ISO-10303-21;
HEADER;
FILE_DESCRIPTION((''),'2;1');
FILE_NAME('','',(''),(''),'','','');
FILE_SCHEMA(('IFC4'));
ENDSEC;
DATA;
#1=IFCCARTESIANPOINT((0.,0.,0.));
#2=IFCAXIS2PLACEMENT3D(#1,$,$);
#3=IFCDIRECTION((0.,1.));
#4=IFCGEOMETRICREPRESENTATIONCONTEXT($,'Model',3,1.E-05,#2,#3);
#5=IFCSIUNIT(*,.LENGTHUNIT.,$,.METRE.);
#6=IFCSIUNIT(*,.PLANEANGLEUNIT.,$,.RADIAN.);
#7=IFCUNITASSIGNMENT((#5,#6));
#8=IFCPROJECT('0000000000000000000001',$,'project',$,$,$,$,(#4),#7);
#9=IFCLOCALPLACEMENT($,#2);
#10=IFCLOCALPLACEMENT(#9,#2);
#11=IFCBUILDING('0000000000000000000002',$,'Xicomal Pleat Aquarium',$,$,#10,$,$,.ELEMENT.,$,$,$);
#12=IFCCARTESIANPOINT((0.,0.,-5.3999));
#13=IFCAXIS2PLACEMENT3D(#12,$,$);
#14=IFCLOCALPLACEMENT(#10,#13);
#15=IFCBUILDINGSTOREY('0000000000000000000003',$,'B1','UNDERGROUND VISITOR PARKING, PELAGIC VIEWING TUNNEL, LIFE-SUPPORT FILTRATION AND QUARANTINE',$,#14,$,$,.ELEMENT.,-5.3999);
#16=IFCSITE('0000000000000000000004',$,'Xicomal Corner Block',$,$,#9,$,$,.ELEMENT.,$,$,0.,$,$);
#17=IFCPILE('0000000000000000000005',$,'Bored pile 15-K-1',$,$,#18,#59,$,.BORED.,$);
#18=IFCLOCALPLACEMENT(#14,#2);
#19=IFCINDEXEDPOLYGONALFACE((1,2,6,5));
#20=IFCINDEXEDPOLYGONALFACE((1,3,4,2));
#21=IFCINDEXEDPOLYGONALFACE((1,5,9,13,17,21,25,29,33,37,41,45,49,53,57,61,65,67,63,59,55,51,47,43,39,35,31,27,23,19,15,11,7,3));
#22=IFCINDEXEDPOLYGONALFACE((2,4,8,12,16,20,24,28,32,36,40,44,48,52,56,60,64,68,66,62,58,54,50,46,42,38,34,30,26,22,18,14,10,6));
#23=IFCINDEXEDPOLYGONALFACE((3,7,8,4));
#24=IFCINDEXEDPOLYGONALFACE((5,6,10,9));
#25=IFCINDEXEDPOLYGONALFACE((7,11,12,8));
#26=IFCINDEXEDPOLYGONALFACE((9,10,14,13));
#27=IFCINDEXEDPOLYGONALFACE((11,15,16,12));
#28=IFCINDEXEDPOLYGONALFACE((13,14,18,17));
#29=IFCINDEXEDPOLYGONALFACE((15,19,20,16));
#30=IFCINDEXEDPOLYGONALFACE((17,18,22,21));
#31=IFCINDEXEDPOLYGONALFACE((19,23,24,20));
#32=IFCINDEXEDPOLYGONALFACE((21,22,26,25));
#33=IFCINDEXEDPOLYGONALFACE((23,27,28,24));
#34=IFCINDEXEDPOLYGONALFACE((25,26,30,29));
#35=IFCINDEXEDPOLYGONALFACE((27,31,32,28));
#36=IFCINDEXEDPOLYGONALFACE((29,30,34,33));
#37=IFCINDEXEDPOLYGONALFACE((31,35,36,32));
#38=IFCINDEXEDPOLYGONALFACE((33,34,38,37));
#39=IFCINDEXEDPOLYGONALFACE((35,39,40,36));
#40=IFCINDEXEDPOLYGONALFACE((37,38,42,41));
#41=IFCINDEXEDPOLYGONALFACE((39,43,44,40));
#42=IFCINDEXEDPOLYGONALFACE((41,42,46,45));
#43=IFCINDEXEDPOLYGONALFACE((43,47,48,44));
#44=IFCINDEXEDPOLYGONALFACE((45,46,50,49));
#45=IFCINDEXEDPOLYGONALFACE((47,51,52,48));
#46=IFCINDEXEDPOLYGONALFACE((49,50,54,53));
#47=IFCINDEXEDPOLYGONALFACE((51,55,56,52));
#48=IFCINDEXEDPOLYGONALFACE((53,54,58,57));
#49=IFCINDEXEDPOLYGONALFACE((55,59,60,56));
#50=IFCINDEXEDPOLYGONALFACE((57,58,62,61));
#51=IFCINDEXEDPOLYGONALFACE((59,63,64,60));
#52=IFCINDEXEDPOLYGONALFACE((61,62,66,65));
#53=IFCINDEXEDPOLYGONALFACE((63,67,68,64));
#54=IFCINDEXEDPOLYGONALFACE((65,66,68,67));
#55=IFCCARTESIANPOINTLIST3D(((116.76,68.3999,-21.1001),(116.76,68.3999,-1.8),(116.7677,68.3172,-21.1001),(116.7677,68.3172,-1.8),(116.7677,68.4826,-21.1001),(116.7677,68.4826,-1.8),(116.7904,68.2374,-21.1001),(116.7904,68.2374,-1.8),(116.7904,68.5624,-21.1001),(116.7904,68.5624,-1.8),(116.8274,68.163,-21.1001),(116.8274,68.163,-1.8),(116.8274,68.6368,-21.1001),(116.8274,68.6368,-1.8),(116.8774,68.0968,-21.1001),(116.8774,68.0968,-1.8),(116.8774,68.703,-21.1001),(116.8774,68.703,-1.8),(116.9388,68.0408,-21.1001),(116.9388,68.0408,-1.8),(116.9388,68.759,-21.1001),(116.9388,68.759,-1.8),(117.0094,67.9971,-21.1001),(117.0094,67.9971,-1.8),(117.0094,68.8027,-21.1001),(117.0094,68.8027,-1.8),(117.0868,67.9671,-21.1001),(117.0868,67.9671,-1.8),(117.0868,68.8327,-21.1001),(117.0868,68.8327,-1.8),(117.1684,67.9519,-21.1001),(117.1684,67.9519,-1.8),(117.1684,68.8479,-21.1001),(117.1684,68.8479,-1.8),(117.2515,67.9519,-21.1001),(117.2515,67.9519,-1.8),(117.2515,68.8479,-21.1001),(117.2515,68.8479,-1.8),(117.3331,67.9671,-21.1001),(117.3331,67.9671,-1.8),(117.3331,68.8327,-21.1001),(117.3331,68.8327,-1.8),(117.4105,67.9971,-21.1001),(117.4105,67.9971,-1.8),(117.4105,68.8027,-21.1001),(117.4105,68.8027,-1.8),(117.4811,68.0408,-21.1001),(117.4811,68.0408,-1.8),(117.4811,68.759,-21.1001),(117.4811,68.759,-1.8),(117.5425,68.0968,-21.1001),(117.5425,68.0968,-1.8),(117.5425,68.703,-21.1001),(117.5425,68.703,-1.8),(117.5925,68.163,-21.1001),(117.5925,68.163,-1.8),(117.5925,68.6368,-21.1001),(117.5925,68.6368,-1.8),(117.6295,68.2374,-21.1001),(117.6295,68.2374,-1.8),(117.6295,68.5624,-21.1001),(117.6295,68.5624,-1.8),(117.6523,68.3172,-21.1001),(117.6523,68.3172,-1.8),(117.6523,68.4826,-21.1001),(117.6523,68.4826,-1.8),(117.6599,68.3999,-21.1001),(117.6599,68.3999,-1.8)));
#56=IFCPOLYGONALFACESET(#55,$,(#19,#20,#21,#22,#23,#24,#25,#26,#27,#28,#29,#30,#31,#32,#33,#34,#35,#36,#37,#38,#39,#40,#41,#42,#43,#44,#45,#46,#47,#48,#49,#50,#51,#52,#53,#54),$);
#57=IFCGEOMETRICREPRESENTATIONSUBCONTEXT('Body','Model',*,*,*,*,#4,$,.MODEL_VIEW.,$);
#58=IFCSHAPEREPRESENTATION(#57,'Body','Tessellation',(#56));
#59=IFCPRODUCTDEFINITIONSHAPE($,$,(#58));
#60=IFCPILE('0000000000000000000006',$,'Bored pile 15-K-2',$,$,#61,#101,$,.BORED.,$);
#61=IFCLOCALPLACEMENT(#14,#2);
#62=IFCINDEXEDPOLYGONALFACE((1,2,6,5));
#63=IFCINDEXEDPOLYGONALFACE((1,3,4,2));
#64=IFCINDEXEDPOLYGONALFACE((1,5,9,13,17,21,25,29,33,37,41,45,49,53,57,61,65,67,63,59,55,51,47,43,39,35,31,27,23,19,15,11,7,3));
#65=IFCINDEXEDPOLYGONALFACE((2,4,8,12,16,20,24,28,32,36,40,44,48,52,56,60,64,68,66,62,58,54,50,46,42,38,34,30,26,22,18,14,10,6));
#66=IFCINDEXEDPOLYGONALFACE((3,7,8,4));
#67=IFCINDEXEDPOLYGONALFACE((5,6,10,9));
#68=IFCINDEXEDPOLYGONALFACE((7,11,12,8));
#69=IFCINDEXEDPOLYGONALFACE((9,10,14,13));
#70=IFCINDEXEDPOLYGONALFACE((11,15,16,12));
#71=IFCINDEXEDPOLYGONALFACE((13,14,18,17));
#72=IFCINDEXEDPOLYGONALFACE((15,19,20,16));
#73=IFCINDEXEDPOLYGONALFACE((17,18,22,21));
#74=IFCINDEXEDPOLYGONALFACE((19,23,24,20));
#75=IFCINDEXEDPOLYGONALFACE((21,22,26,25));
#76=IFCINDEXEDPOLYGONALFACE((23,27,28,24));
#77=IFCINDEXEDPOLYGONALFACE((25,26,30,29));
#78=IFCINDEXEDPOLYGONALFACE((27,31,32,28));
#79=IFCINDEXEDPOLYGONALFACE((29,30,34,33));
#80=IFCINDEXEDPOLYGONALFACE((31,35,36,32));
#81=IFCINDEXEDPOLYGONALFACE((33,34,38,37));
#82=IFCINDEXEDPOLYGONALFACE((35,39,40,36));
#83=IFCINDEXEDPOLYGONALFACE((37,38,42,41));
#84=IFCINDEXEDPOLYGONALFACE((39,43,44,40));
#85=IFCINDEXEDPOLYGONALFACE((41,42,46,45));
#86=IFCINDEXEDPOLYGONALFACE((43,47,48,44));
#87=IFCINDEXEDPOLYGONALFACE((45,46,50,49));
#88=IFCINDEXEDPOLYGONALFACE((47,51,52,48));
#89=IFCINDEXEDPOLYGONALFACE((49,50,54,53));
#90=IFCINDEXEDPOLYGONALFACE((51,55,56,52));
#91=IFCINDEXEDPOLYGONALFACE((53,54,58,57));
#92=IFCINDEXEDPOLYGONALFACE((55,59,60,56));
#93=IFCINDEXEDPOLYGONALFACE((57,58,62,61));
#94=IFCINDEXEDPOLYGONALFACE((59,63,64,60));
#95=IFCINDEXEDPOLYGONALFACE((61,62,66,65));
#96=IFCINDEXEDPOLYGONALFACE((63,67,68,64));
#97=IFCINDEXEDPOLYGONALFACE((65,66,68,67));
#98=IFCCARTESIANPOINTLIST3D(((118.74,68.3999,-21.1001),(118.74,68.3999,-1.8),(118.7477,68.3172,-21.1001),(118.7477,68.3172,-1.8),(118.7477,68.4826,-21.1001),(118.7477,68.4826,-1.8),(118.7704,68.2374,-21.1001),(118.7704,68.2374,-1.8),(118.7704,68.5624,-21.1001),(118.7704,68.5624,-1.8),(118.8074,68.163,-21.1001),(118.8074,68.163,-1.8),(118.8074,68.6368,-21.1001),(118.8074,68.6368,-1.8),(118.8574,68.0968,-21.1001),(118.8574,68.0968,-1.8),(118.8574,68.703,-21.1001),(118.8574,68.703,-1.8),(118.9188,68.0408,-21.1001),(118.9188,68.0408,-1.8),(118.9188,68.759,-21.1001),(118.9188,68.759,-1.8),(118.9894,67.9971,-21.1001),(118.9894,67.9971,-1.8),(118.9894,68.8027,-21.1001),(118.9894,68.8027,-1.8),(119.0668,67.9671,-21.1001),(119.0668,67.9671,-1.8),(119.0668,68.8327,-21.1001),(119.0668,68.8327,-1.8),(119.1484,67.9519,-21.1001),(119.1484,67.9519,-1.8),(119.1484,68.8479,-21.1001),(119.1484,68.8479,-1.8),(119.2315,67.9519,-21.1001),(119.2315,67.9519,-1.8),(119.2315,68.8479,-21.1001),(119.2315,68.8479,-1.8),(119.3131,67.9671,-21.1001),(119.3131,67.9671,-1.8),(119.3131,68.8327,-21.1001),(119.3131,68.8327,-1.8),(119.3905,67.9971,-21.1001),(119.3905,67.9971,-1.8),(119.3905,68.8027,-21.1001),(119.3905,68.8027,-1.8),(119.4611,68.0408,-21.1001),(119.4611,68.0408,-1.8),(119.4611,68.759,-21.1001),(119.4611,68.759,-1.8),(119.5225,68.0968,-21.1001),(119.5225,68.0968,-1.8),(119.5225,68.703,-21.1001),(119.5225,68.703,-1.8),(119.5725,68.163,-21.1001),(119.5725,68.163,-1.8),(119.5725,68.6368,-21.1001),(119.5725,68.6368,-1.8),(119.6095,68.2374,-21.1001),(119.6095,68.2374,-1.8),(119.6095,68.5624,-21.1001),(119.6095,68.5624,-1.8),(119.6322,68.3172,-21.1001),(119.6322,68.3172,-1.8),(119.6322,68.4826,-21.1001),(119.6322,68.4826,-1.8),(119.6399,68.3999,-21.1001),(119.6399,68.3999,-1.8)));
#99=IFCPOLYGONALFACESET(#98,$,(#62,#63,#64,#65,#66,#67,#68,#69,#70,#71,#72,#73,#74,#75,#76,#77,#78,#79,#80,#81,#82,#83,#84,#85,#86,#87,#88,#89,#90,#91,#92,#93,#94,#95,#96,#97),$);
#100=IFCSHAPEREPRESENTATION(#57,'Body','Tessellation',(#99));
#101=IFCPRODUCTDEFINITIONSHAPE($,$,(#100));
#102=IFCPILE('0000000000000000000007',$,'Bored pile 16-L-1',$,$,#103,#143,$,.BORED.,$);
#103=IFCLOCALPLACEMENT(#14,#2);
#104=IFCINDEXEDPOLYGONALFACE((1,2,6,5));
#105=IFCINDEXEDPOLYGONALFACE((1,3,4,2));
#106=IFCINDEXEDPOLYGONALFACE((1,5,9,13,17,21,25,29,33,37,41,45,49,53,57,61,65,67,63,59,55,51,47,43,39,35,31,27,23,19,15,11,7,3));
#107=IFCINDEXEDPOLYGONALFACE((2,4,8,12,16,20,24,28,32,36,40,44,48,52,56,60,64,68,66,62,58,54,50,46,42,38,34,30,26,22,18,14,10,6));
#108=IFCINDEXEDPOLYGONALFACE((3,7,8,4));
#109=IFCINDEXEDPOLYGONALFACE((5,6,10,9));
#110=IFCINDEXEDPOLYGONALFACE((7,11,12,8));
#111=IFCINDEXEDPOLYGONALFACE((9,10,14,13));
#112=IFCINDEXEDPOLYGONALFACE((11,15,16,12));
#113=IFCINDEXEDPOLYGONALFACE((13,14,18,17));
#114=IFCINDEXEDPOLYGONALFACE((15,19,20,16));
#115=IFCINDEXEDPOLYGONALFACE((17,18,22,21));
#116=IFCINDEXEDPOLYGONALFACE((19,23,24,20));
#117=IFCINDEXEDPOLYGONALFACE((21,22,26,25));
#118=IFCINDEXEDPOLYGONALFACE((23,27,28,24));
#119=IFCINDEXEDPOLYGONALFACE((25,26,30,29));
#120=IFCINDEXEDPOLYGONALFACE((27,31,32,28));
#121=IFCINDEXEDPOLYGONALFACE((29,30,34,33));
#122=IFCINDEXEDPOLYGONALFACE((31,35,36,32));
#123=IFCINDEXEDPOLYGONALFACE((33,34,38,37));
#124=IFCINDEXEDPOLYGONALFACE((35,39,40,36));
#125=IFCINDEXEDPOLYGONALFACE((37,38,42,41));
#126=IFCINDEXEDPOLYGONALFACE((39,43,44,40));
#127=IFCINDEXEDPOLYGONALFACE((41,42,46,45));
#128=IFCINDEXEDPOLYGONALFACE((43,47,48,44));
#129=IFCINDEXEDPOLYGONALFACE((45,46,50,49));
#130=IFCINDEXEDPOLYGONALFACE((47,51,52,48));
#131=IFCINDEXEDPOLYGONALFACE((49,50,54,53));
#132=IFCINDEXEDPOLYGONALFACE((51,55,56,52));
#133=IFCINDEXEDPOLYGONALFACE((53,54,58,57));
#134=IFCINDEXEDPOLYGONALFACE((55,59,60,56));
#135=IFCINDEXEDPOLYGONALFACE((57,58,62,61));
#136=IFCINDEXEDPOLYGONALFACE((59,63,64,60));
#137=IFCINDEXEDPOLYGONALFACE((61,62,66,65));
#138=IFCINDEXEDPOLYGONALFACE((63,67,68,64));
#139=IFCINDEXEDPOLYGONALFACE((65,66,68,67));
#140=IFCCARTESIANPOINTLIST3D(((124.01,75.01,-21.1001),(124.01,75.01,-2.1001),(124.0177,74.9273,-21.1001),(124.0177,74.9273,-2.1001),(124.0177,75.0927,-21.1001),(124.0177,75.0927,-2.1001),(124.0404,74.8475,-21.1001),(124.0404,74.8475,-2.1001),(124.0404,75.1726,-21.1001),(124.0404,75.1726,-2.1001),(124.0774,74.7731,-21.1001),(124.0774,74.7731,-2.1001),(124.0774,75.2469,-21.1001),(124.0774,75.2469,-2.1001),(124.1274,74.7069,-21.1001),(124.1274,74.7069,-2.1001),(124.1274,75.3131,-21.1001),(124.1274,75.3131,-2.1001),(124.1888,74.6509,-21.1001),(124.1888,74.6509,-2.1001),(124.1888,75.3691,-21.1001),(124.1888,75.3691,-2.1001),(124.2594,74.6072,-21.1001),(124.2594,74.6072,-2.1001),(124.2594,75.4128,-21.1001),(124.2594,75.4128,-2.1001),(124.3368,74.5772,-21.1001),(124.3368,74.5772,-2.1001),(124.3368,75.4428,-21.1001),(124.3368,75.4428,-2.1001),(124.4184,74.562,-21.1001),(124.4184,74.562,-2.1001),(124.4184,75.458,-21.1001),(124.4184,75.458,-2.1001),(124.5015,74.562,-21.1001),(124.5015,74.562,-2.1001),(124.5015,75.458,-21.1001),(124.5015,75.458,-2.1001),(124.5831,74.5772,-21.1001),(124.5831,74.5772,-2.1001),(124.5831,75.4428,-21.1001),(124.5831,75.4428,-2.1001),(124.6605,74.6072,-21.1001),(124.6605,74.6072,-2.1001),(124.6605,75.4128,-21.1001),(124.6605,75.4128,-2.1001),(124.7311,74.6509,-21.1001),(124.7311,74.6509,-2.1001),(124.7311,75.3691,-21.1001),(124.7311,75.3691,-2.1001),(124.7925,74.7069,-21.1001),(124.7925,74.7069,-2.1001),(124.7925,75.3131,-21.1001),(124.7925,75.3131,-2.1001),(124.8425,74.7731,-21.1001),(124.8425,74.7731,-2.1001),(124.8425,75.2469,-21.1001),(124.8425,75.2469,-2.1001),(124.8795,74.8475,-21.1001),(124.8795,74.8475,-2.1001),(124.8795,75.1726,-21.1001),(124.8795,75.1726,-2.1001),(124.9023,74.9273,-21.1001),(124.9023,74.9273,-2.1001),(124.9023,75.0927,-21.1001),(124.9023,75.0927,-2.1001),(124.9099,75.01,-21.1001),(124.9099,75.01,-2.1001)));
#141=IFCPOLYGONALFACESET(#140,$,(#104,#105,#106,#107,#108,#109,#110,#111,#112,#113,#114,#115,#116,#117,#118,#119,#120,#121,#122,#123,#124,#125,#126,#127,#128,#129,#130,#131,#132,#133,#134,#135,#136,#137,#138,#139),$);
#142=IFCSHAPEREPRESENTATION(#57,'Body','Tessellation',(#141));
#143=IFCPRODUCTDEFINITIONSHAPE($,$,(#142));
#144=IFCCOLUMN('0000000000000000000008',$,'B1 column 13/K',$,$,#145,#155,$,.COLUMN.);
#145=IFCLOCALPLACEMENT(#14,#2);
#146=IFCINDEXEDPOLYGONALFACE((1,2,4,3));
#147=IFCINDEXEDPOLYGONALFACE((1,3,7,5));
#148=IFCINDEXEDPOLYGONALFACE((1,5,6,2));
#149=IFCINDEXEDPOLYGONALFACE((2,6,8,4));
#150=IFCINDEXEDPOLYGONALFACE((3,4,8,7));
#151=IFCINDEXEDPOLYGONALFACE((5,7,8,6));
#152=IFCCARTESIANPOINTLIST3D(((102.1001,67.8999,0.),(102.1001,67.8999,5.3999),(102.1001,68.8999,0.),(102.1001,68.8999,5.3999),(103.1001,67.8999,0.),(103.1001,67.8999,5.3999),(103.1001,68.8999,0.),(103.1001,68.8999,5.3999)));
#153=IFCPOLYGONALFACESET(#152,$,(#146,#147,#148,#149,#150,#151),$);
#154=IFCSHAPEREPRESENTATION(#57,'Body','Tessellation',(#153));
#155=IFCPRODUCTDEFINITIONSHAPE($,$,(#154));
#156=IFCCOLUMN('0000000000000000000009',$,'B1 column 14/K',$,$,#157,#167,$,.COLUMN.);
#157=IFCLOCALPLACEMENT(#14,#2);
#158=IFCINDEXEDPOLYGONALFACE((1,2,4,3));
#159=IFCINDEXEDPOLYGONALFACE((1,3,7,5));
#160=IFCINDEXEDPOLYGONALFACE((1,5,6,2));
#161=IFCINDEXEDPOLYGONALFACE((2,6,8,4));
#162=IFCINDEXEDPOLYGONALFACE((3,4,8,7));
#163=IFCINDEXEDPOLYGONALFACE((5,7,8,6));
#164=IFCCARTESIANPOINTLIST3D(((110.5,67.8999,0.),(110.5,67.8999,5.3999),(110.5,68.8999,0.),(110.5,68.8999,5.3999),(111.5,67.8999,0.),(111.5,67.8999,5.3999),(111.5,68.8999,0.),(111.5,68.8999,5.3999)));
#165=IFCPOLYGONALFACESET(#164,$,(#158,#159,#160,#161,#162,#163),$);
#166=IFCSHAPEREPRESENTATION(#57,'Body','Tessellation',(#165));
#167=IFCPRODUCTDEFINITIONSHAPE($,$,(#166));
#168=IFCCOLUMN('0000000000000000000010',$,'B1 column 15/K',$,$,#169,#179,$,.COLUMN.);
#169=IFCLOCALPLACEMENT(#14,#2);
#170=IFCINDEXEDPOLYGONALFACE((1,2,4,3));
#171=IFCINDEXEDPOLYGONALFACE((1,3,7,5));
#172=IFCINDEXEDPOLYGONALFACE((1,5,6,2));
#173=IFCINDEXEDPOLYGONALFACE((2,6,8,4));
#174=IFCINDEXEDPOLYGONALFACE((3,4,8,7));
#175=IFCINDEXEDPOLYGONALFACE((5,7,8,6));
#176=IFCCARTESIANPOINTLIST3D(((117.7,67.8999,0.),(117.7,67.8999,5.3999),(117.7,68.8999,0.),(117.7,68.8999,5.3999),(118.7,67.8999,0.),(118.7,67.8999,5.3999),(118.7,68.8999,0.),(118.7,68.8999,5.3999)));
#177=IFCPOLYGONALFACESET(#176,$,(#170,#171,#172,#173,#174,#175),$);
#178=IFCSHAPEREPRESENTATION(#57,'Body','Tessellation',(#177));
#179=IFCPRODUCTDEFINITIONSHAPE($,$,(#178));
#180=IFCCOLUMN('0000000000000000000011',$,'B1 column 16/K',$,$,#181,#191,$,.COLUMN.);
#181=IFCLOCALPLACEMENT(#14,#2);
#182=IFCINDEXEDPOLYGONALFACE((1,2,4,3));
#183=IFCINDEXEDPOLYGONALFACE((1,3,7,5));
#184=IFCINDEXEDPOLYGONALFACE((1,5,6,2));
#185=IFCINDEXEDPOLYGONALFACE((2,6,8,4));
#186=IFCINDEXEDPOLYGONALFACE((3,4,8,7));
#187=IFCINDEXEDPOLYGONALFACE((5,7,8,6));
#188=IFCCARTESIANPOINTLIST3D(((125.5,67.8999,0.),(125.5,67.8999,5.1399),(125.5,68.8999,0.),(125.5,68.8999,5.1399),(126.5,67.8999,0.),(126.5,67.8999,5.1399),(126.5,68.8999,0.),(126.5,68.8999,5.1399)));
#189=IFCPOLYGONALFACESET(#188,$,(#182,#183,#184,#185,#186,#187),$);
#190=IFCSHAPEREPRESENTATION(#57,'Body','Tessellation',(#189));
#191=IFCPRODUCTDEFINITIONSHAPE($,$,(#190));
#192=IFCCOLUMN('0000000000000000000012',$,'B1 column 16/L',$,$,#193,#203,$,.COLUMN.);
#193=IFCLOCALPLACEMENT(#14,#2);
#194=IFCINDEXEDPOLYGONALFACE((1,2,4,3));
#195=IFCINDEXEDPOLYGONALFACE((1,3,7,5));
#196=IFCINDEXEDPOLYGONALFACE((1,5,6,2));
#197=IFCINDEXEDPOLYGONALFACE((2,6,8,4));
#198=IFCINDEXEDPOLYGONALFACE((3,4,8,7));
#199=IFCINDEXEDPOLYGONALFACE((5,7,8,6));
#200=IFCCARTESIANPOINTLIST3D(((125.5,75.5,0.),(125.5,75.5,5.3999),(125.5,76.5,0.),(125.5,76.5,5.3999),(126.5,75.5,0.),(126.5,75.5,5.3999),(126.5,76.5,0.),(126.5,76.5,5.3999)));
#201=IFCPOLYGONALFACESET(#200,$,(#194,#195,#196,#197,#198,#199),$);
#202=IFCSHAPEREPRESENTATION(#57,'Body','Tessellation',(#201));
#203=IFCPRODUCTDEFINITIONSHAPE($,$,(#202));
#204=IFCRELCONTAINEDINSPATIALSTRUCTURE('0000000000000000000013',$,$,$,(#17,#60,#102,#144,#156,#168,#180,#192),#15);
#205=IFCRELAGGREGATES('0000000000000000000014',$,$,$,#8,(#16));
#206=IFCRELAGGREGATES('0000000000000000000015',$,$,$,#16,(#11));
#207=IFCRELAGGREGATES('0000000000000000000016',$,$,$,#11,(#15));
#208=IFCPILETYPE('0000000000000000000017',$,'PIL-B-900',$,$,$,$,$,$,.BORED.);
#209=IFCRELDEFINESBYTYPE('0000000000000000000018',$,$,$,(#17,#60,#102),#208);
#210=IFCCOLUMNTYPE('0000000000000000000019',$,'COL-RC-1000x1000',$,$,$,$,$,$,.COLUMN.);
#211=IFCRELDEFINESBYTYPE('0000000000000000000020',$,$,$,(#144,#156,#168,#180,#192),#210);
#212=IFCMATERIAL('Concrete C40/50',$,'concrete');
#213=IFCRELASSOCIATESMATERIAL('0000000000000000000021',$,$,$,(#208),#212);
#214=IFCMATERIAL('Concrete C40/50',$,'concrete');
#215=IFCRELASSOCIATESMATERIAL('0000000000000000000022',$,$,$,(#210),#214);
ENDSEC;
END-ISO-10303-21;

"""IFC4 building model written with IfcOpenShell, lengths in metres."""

from ifc_helpers import new_model, si_unit, direction, frame, origin, origin_2d, place, context, subcontext, project, spatial, rectangle, circle, extrude, material, material_profile, profile_set, type_object, element, save


model = new_model("IFC4")

# Units and contexts
model_context = context("Model", 3, precision=1e-05, world=origin(), true_north=direction((0.0, 1.0)))
body_context = subcontext(model_context, "Body", "Model", "MODEL_VIEW")
ifc_project = project(units=[si_unit("LENGTHUNIT", "METRE"), si_unit("PLANEANGLEUNIT", "RADIAN")], contexts=[model_context])

# Site, building, storey
site_placement = place(None, origin())
site = spatial("IfcSite", under=ifc_project, at=site_placement, Name="Xicomal Corner Block", CompositionType="ELEMENT", RefElevation=0.0)
building_placement = place(site_placement, origin())
building = spatial("IfcBuilding", under=site, at=building_placement, Name="Xicomal Pleat Aquarium", CompositionType="ELEMENT")
storey_placement = place(building_placement, frame((0.0, 0.0, -5.3999)))
storey = spatial("IfcBuildingStorey", under=building, at=storey_placement, Name="B1", Description="UNDERGROUND VISITOR PARKING, PELAGIC VIEWING TUNNEL, LIFE-SUPPORT FILTRATION AND QUARANTINE", CompositionType="ELEMENT", Elevation=-5.3999)

# Piles
ifc_material_1 = material(Name="Concrete C40/50", Category="concrete")
ifc_material_profile_1 = material_profile(ifc_material_1, circle(Radius=0.45, at=origin_2d()), Name="BORED PILE D900")
ifc_profile_set_1 = profile_set([ifc_material_profile_1], Name="Concrete C40/50")
pile_type_1 = type_object("IfcPileType", Name="PIL-B-900", PredefinedType="BORED", material=ifc_profile_set_1)
for number, where, z_axis, x_axis, name in (
    (1, (117.21, 68.3999, -1.8), (0.0, 0.0, -1.0), (1.0, 0.0, 0.0), "Bored pile 15-K-1"),
    (2, (119.1899, 68.3999, -1.8), (0.0, 0.0, -1.0), (1.0, 0.0, 0.0), "Bored pile 15-K-2"),
):
    element("IfcPile", number, at=place(storey_placement, frame(where, z_axis=z_axis, x_axis=x_axis)), inside=storey, type_object=pile_type_1, Name=name, PredefinedType="BORED", context=body_context, shape_type="SweptSolid", body=[
        extrude(circle(Radius=0.45, at=origin_2d()), origin(), (0.0, 0.0, 1.0), 19.3),
    ])
pile_1_placement = place(storey_placement, frame((124.46, 75.01, -2.1001), z_axis=(0.0, 0.0, -1.0), x_axis=(1.0, 0.0, 0.0)))
element("IfcPile", 3, at=pile_1_placement, inside=storey, type_object=pile_type_1, Name="Bored pile 16-L-1", PredefinedType="BORED", context=body_context, shape_type="SweptSolid", body=[
    extrude(circle(Radius=0.45, at=origin_2d()), origin(), (0.0, 0.0, 1.0), 19.0),
])

# Columns
ifc_material_2 = material(Name="Concrete C40/50", Category="concrete")
ifc_material_profile_2 = material_profile(ifc_material_2, rectangle(XDim=1.0, YDim=1.0, at=origin_2d()), Name="RC 1000x1000")
ifc_profile_set_2 = profile_set([ifc_material_profile_2], Name="Concrete C40/50")
column_type_1 = type_object("IfcColumnType", Name="COL-RC-1000x1000", PredefinedType="COLUMN", material=ifc_profile_set_2)
for number, where, z_axis, x_axis, name in (
    (4, (102.6001, 68.3999, 0.0), (0.0, 0.0, 1.0), (1.0, 0.0, 0.0), "B1 column 13/K"),
    (5, (111.0, 68.3999, 0.0), (0.0, 0.0, 1.0), (1.0, 0.0, 0.0), "B1 column 14/K"),
    (6, (118.2, 68.3999, 0.0), (0.0, 0.0, 1.0), (1.0, 0.0, 0.0), "B1 column 15/K"),
):
    element("IfcColumn", number, at=place(storey_placement, frame(where, z_axis=z_axis, x_axis=x_axis)), inside=storey, type_object=column_type_1, Name=name, PredefinedType="COLUMN", context=body_context, shape_type="SweptSolid", body=[
        extrude(rectangle(XDim=1.0, YDim=1.0, at=origin_2d()), origin(), (0.0, 0.0, 1.0), 5.3999),
    ])
column_1_placement = place(storey_placement, frame((126.0, 68.3999, 0.0), z_axis=(0.0, 0.0, 1.0), x_axis=(1.0, 0.0, 0.0)))
element("IfcColumn", 7, at=column_1_placement, inside=storey, type_object=column_type_1, Name="B1 column 16/K", PredefinedType="COLUMN", context=body_context, shape_type="SweptSolid", body=[
    extrude(rectangle(XDim=1.0, YDim=1.0, at=origin_2d()), origin(), (0.0, 0.0, 1.0), 5.1399),
])
column_2_placement = place(storey_placement, frame((126.0, 76.0, 0.0), z_axis=(0.0, 0.0, 1.0), x_axis=(1.0, 0.0, 0.0)))
element("IfcColumn", 8, at=column_2_placement, inside=storey, type_object=column_type_1, Name="B1 column 16/L", PredefinedType="COLUMN", context=body_context, shape_type="SweptSolid", body=[
    extrude(rectangle(XDim=1.0, YDim=1.0, at=origin_2d()), origin(), (0.0, 0.0, 1.0), 5.3999),
])

save(model, "model.ifc")
